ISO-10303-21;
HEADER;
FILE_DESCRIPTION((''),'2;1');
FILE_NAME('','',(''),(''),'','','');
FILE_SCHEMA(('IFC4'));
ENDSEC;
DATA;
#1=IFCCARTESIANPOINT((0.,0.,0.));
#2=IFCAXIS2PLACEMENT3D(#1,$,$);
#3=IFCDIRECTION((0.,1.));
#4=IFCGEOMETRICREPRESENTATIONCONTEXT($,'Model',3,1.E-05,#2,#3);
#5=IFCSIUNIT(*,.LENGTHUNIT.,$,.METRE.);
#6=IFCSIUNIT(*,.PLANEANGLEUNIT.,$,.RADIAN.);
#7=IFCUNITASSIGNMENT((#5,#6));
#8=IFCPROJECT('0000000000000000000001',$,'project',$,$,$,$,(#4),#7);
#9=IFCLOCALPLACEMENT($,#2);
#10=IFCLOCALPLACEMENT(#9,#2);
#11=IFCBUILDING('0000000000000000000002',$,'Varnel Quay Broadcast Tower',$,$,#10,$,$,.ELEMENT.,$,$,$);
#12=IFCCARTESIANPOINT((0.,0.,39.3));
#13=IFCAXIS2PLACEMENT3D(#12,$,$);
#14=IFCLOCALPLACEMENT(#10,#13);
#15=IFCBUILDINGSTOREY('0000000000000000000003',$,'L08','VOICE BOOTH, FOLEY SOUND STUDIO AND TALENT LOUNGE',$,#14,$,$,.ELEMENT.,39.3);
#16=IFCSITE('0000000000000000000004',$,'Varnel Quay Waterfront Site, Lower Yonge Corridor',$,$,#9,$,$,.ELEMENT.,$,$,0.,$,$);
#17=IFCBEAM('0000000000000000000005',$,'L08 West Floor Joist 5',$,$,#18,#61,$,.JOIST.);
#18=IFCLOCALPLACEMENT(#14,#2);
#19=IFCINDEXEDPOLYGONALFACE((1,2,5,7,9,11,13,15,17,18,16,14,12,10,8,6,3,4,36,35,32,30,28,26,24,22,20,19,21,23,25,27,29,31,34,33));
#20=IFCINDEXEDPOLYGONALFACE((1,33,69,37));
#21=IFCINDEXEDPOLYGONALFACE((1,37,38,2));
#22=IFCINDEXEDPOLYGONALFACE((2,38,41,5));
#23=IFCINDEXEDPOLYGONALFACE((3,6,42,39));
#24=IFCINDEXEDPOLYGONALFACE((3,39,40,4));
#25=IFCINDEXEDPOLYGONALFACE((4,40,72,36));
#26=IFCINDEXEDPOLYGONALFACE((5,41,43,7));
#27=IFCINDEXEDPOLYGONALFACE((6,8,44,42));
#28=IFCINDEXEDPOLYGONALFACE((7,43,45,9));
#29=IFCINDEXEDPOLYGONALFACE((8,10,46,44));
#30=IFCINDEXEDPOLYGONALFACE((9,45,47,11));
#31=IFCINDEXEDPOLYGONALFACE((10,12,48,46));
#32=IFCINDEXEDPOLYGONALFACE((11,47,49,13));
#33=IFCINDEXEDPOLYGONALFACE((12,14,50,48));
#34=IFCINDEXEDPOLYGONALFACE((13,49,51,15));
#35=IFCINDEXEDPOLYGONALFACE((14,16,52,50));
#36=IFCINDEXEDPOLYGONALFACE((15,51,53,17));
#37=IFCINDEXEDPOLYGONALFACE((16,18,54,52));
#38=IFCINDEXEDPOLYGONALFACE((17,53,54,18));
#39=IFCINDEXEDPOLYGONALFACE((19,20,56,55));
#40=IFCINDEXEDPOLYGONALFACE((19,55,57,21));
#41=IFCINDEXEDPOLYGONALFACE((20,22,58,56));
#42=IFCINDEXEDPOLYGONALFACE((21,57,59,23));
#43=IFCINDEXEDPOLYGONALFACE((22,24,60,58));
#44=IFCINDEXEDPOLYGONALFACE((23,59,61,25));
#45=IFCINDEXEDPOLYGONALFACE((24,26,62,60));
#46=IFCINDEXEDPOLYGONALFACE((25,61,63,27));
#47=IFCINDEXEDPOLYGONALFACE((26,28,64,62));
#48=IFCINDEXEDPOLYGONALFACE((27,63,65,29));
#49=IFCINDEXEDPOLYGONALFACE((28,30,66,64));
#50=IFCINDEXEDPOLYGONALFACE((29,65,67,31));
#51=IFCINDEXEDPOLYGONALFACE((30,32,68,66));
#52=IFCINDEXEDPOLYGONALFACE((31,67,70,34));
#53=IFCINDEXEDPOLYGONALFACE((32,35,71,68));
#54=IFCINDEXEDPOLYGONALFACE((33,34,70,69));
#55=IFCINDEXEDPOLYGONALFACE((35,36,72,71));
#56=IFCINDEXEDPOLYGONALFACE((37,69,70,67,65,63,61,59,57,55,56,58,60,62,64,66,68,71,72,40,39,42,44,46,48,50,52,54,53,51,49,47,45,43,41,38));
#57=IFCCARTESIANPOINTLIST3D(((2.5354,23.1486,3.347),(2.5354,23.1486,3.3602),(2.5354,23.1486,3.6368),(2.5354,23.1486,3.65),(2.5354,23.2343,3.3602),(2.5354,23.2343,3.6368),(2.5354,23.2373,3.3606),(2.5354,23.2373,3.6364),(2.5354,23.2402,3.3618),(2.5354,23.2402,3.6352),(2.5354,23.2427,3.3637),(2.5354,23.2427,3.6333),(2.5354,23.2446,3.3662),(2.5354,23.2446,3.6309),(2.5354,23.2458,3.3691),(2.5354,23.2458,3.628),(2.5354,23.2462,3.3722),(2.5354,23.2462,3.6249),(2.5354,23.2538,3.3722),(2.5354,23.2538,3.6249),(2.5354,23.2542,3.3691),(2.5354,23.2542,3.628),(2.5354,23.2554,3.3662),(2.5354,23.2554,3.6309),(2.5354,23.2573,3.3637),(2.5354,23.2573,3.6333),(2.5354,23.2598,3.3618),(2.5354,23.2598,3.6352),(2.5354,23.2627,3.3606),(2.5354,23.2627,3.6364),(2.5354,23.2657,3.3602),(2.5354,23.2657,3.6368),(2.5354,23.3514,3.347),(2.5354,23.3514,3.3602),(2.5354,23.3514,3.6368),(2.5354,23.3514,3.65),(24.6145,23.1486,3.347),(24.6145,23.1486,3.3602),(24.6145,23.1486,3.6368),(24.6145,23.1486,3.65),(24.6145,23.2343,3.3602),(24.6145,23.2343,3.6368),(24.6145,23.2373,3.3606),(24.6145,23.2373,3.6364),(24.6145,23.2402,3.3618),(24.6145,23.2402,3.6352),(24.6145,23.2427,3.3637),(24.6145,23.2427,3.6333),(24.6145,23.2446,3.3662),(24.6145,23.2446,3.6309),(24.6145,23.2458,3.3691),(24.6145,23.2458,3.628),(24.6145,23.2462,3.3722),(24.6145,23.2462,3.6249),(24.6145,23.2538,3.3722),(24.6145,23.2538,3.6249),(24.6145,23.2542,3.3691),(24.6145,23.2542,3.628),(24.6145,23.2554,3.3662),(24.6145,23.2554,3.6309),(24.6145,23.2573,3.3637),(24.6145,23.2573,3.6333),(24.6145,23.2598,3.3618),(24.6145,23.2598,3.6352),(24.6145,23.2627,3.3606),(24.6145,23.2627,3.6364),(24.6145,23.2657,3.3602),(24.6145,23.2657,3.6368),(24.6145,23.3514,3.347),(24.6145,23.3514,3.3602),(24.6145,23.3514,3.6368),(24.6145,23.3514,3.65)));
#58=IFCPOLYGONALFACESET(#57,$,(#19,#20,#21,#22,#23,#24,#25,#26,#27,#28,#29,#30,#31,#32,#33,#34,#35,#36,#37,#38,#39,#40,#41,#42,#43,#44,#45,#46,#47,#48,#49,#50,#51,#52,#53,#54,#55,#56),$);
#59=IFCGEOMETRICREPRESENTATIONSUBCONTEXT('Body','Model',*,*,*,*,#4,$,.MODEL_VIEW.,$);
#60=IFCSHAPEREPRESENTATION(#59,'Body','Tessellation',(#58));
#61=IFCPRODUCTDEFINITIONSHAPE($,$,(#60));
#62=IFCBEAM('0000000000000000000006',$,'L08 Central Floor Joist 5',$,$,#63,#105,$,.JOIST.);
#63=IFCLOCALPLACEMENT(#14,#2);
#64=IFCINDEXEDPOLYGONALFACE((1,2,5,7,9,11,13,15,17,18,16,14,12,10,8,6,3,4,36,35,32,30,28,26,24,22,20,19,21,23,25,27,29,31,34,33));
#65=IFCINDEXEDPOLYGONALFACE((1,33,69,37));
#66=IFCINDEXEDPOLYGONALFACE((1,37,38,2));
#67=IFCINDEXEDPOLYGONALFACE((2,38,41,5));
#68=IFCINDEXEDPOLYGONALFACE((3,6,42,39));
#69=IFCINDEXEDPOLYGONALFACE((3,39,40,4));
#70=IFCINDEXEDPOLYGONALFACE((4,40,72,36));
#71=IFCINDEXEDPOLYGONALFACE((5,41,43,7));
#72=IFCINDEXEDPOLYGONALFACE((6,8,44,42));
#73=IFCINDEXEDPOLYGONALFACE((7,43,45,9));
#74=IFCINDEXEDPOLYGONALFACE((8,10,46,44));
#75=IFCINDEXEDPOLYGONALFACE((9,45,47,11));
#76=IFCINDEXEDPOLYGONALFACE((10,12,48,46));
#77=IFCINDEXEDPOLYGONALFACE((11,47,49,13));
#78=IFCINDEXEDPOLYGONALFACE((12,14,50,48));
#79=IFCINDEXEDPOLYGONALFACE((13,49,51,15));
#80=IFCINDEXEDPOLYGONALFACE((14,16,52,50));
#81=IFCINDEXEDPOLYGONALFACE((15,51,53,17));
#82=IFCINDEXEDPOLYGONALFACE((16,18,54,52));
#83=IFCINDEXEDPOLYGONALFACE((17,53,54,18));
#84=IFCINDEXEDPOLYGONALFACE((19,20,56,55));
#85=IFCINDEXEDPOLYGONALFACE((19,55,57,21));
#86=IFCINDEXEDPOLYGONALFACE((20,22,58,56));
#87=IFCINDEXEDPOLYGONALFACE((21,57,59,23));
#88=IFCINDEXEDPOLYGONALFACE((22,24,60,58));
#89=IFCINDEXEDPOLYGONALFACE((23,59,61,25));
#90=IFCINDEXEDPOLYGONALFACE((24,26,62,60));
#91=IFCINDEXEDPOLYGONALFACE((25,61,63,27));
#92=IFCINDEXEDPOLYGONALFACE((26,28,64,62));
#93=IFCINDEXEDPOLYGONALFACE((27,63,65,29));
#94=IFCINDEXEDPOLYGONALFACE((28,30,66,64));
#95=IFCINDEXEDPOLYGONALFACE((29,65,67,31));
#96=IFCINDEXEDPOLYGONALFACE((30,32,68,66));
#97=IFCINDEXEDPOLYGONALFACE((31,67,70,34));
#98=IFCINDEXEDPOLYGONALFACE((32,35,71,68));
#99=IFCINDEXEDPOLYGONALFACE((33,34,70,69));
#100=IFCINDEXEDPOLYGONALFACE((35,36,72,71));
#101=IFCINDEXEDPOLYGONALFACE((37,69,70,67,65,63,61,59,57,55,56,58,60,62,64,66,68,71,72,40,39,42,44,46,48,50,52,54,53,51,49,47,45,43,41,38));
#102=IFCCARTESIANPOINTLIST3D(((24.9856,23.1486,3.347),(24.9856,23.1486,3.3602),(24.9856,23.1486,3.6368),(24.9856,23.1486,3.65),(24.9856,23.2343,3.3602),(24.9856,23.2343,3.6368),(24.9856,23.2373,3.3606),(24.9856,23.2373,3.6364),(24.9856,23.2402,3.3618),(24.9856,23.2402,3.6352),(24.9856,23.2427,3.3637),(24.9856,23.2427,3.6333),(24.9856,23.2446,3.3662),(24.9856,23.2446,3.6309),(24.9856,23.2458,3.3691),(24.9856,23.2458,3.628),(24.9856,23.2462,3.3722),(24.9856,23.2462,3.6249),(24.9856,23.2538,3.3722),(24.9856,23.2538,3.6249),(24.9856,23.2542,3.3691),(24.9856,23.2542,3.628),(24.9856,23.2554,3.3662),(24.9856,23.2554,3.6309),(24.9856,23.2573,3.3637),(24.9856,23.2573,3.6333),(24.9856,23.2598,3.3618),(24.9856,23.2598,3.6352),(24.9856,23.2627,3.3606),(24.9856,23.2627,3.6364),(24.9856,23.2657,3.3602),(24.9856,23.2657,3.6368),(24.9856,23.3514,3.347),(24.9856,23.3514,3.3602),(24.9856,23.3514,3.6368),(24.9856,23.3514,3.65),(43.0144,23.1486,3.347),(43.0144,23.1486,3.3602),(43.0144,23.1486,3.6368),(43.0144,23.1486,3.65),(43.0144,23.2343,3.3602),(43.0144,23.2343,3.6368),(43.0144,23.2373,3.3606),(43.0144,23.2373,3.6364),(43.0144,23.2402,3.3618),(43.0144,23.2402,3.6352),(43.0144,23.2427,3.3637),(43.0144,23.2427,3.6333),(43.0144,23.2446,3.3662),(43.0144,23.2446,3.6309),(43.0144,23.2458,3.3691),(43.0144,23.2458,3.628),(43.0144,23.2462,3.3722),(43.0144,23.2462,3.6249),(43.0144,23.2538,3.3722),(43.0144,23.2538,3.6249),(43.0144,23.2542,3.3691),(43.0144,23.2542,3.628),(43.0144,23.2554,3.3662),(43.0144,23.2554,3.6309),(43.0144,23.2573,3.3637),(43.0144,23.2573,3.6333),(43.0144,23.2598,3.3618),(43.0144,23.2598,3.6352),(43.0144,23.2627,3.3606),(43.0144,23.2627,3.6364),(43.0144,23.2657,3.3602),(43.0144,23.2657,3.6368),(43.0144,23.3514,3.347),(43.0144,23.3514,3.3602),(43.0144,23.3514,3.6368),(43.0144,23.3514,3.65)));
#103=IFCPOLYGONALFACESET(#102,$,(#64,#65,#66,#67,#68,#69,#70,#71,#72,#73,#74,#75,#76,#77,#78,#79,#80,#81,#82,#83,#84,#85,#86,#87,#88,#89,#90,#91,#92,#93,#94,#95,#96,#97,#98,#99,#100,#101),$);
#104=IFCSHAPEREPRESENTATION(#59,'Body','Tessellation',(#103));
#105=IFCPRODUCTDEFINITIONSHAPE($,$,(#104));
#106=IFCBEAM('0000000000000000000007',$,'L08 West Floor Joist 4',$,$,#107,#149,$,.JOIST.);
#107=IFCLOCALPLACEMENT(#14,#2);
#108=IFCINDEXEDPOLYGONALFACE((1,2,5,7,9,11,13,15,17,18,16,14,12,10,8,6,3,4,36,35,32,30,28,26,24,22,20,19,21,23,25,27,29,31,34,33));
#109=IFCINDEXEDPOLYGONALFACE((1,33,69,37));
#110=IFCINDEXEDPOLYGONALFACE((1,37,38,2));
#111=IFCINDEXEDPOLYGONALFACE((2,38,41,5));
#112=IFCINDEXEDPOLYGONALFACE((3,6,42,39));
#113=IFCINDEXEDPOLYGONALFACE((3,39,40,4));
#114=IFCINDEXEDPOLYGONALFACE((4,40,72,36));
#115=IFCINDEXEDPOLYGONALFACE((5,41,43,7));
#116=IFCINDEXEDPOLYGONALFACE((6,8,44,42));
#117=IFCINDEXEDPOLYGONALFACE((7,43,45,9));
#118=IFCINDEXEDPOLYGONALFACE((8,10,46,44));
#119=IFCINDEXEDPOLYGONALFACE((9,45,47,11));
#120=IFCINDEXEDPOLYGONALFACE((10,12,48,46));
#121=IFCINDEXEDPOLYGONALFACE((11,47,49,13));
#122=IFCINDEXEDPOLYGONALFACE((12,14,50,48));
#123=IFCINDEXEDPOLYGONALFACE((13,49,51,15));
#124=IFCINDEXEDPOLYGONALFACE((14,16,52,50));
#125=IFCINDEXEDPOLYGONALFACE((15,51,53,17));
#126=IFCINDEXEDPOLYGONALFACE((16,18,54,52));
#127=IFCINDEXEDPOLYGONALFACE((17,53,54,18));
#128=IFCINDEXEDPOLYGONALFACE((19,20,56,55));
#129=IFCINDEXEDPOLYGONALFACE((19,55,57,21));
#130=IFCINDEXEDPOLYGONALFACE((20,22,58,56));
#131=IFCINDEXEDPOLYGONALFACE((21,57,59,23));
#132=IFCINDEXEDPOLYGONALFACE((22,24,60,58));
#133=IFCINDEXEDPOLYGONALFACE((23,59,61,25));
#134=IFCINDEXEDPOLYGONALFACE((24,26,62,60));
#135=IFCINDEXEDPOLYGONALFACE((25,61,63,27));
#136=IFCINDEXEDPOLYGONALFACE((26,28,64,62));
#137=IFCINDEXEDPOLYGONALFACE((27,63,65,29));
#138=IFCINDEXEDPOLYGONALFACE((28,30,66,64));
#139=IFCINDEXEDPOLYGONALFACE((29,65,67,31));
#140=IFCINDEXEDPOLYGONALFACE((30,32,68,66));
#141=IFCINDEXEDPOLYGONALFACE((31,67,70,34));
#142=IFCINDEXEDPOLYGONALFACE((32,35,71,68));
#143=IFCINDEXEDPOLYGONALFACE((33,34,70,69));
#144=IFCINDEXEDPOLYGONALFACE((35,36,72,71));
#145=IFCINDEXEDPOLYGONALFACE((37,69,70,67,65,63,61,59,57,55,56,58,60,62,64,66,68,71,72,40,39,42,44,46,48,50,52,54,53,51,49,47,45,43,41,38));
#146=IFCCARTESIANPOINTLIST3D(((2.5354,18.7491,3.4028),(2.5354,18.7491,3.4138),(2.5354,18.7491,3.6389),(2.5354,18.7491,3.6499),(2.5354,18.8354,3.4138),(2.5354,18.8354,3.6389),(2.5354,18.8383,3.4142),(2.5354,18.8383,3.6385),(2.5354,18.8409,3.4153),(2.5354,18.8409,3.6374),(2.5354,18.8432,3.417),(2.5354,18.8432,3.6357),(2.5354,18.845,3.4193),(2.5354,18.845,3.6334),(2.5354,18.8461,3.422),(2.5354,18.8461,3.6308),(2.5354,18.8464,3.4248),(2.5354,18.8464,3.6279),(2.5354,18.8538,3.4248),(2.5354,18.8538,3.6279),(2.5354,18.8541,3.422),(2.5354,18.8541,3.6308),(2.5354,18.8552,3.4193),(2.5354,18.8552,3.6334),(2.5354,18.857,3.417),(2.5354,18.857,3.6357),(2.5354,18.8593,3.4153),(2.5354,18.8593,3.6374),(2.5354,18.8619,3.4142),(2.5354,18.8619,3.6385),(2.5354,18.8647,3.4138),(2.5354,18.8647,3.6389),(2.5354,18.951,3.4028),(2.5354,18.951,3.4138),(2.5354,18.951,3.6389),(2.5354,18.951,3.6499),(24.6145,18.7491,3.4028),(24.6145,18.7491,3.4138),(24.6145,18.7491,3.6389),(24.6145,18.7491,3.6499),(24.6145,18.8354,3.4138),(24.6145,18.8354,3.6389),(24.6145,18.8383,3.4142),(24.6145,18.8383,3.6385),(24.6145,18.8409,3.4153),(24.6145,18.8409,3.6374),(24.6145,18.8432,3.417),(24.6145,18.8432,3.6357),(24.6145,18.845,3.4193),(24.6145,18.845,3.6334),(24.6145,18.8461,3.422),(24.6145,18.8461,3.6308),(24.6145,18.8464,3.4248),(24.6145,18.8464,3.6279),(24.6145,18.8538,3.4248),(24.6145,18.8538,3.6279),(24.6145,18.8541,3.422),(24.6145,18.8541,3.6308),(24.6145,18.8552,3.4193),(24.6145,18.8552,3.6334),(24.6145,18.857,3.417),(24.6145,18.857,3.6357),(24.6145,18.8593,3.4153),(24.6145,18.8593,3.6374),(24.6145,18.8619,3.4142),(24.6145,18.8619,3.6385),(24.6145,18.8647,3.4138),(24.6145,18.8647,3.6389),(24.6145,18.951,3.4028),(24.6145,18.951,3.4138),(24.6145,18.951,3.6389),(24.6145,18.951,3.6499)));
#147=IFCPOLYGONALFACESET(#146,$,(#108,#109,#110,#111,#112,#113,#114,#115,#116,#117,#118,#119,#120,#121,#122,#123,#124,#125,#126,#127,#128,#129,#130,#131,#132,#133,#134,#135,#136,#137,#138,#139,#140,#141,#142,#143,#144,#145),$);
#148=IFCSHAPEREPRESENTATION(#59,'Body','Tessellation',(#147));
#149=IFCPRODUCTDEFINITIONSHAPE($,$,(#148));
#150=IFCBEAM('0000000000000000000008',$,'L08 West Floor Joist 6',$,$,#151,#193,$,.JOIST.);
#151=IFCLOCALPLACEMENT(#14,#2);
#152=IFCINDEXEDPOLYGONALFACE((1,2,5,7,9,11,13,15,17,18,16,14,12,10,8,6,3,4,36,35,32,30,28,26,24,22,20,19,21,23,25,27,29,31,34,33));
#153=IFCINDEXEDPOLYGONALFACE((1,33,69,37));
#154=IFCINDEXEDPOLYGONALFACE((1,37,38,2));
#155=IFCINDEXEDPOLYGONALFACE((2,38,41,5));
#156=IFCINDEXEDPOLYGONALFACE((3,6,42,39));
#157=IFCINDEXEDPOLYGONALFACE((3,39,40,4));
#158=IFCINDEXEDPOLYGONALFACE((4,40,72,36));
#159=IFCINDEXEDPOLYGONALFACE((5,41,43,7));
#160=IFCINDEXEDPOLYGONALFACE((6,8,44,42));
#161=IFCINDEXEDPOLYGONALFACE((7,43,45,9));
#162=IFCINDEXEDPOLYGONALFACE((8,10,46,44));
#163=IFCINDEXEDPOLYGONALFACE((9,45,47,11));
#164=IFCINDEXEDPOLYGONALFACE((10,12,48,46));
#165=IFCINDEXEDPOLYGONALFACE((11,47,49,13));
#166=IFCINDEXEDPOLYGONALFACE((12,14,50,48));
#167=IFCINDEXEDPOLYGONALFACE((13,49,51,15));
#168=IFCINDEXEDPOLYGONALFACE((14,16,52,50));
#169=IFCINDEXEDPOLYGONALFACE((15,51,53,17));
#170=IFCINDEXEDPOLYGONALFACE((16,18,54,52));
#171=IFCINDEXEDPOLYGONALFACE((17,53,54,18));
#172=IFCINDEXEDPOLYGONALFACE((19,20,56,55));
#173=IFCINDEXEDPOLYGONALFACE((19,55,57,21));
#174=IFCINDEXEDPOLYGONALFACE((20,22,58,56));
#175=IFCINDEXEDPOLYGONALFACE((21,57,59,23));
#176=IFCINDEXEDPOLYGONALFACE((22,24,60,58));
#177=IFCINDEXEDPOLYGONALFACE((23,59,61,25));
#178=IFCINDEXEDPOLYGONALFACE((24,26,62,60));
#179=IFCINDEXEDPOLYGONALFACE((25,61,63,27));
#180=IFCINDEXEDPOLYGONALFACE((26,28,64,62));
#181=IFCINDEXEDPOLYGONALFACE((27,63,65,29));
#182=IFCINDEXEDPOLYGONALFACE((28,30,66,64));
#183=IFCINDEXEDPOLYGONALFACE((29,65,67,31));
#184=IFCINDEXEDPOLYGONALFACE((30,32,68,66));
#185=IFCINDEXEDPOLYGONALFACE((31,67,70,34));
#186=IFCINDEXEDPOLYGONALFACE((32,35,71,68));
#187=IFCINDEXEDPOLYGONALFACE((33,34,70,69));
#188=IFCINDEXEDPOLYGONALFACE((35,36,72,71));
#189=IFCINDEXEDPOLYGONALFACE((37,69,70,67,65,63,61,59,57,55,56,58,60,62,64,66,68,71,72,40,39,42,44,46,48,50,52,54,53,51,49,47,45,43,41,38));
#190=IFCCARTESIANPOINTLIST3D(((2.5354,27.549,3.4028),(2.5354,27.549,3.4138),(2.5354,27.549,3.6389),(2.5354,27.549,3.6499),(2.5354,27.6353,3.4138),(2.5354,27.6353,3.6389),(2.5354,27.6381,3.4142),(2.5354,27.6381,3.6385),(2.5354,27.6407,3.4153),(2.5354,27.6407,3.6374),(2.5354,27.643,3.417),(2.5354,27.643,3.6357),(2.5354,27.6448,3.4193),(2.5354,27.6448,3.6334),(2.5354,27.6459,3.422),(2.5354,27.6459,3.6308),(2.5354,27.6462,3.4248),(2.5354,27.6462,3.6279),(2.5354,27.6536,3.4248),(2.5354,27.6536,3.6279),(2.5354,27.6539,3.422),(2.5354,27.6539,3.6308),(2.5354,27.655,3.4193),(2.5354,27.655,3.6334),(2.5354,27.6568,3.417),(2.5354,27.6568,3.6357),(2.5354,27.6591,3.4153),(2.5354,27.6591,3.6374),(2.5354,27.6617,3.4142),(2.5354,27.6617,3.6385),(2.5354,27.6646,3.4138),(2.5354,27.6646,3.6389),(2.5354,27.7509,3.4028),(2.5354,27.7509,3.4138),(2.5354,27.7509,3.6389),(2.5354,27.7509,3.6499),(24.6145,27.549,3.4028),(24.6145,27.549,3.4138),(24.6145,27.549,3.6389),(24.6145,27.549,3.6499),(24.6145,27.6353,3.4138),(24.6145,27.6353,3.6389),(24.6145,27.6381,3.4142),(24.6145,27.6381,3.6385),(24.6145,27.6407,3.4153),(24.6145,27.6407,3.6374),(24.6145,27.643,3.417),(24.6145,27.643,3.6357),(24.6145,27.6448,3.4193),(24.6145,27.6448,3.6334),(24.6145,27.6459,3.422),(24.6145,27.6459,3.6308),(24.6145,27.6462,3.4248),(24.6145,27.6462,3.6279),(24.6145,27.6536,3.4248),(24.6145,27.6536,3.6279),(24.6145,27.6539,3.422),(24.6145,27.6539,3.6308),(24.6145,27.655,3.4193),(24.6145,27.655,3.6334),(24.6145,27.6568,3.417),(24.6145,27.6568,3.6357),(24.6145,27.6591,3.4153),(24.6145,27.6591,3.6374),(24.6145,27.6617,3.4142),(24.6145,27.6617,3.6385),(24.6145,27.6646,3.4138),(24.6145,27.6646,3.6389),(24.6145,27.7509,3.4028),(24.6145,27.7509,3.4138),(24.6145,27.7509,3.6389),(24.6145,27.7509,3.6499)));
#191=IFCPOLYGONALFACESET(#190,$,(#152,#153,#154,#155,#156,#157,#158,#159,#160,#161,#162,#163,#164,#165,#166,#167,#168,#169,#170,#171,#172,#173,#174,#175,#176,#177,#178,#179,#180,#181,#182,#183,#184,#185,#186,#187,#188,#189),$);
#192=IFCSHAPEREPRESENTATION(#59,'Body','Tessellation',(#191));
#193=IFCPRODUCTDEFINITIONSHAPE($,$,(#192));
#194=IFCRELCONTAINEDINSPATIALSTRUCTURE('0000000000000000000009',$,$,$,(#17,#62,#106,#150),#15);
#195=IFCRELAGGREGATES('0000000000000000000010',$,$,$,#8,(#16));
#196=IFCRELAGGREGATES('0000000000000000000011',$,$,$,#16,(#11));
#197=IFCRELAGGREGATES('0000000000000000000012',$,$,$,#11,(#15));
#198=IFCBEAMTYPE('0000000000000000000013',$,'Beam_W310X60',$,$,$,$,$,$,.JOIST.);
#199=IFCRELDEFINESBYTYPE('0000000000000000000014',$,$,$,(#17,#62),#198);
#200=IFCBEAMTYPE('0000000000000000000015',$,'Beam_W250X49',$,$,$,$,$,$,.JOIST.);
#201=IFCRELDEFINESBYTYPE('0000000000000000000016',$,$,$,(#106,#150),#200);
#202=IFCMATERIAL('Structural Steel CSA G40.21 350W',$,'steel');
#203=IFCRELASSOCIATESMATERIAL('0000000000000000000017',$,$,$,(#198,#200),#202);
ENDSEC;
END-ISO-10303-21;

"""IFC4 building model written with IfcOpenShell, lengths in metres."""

from ifc_helpers import new_model, si_unit, direction, frame, origin, origin_2d, place, context, subcontext, project, spatial, i_section, extrude, source, transform, mapped, material, material_profile, profile_set, type_object, element, save


model = new_model("IFC4")

# Units and contexts
model_context = context("Model", 3, precision=1e-05, world=origin(), true_north=direction((0.0, 1.0)))
body_context = subcontext(model_context, "Body", "Model", "MODEL_VIEW")
ifc_project = project(units=[si_unit("LENGTHUNIT", "METRE"), si_unit("PLANEANGLEUNIT", "RADIAN")], contexts=[model_context])

# Site, building, storey
site_placement = place(None, origin())
site = spatial("IfcSite", under=ifc_project, at=site_placement, Name="Varnel Quay Waterfront Site, Lower Yonge Corridor", CompositionType="ELEMENT", RefElevation=0.0)
building_placement = place(site_placement, origin())
building = spatial("IfcBuilding", under=site, at=building_placement, Name="Varnel Quay Broadcast Tower", CompositionType="ELEMENT")
storey_placement = place(building_placement, frame((0.0, 0.0, 39.3)))
storey = spatial("IfcBuildingStorey", under=building, at=storey_placement, Name="L08", Description="VOICE BOOTH, FOLEY SOUND STUDIO AND TALENT LOUNGE", CompositionType="ELEMENT", Elevation=39.3)

# Shared definitions
ifc_material_1 = material(Name="Structural Steel CSA G40.21 350W", Category="steel")

# Beams
ifc_material_profile_1 = material_profile(ifc_material_1, i_section(OverallWidth=0.2029, OverallDepth=0.303, WebThickness=0.0076, FlangeThickness=0.0132, FilletRadius=0.012, at=origin_2d()), Name="W310X60")
ifc_profile_set_1 = profile_set([ifc_material_profile_1], Name="Structural Steel CSA G40.21 350W")
beam_type_1 = type_object("IfcBeamType", Name="Beam_W310X60", PredefinedType="JOIST", material=ifc_profile_set_1)
shared_shape_1 = source(origin(), body_context, "Body", "SweptSolid", [
    extrude(i_section(OverallWidth=0.2029, OverallDepth=0.303, WebThickness=0.0076, FlangeThickness=0.0132, FilletRadius=0.012, at=origin_2d()), origin(), (0.0, 0.0, 1.0), 22.0791),
])
beam_1_placement = place(storey_placement, frame((2.5354, 23.25, 3.4985), z_axis=(1.0, 0.0, 0.0), x_axis=(0.0, 1.0, 0.0)))
element("IfcBeam", 1, at=beam_1_placement, inside=storey, type_object=beam_type_1, Name="L08 West Floor Joist 5", PredefinedType="JOIST", context=body_context, shape_type="MappedRepresentation", body=[
    mapped(shared_shape_1, transform((0.0, 0.0, 0.0), x_axis=(1.0, 0.0, 0.0), y_axis=(0.0, 1.0, 0.0), z_axis=(0.0, 0.0, 1.0), scale=1.0)),
])
shared_shape_2 = source(origin(), body_context, "Body", "SweptSolid", [
    extrude(i_section(OverallWidth=0.2029, OverallDepth=0.303, WebThickness=0.0076, FlangeThickness=0.0132, FilletRadius=0.012, at=origin_2d()), origin(), (0.0, 0.0, 1.0), 18.0288),
])
beam_2_placement = place(storey_placement, frame((24.9856, 23.25, 3.4985), z_axis=(1.0, 0.0, 0.0), x_axis=(0.0, 1.0, 0.0)))
element("IfcBeam", 2, at=beam_2_placement, inside=storey, type_object=beam_type_1, Name="L08 Central Floor Joist 5", PredefinedType="JOIST", context=body_context, shape_type="MappedRepresentation", body=[
    mapped(shared_shape_2, transform((0.0, 0.0, 0.0), x_axis=(1.0, 0.0, 0.0), y_axis=(0.0, 1.0, 0.0), z_axis=(0.0, 0.0, 1.0), scale=1.0)),
])
ifc_material_profile_2 = material_profile(ifc_material_1, i_section(OverallWidth=0.2019, OverallDepth=0.2471, WebThickness=0.0073, FlangeThickness=0.011, FilletRadius=0.011, at=origin_2d()), Name="W250X49")
ifc_profile_set_2 = profile_set([ifc_material_profile_2], Name="Structural Steel CSA G40.21 350W")
beam_type_2 = type_object("IfcBeamType", Name="Beam_W250X49", PredefinedType="JOIST", material=ifc_profile_set_2)
shared_shape_3 = source(origin(), body_context, "Body", "SweptSolid", [
    extrude(i_section(OverallWidth=0.2019, OverallDepth=0.2471, WebThickness=0.0073, FlangeThickness=0.011, FilletRadius=0.011, at=origin_2d()), origin(), (0.0, 0.0, 1.0), 22.0791),
])
for number, where, z_axis, x_axis, name in (
    (3, (2.5354, 18.8501, 3.5264), (1.0, 0.0, 0.0), (0.0, 1.0, 0.0), "L08 West Floor Joist 4"),
    (4, (2.5354, 27.6499, 3.5264), (1.0, 0.0, 0.0), (0.0, 1.0, 0.0), "L08 West Floor Joist 6"),
):
    element("IfcBeam", number, at=place(storey_placement, frame(where, z_axis=z_axis, x_axis=x_axis)), inside=storey, type_object=beam_type_2, Name=name, PredefinedType="JOIST", context=body_context, shape_type="MappedRepresentation", body=[
        mapped(shared_shape_3, transform((0.0, 0.0, 0.0), x_axis=(1.0, 0.0, 0.0), y_axis=(0.0, 1.0, 0.0), z_axis=(0.0, 0.0, 1.0), scale=1.0)),
    ])

save(model, "model.ifc")
